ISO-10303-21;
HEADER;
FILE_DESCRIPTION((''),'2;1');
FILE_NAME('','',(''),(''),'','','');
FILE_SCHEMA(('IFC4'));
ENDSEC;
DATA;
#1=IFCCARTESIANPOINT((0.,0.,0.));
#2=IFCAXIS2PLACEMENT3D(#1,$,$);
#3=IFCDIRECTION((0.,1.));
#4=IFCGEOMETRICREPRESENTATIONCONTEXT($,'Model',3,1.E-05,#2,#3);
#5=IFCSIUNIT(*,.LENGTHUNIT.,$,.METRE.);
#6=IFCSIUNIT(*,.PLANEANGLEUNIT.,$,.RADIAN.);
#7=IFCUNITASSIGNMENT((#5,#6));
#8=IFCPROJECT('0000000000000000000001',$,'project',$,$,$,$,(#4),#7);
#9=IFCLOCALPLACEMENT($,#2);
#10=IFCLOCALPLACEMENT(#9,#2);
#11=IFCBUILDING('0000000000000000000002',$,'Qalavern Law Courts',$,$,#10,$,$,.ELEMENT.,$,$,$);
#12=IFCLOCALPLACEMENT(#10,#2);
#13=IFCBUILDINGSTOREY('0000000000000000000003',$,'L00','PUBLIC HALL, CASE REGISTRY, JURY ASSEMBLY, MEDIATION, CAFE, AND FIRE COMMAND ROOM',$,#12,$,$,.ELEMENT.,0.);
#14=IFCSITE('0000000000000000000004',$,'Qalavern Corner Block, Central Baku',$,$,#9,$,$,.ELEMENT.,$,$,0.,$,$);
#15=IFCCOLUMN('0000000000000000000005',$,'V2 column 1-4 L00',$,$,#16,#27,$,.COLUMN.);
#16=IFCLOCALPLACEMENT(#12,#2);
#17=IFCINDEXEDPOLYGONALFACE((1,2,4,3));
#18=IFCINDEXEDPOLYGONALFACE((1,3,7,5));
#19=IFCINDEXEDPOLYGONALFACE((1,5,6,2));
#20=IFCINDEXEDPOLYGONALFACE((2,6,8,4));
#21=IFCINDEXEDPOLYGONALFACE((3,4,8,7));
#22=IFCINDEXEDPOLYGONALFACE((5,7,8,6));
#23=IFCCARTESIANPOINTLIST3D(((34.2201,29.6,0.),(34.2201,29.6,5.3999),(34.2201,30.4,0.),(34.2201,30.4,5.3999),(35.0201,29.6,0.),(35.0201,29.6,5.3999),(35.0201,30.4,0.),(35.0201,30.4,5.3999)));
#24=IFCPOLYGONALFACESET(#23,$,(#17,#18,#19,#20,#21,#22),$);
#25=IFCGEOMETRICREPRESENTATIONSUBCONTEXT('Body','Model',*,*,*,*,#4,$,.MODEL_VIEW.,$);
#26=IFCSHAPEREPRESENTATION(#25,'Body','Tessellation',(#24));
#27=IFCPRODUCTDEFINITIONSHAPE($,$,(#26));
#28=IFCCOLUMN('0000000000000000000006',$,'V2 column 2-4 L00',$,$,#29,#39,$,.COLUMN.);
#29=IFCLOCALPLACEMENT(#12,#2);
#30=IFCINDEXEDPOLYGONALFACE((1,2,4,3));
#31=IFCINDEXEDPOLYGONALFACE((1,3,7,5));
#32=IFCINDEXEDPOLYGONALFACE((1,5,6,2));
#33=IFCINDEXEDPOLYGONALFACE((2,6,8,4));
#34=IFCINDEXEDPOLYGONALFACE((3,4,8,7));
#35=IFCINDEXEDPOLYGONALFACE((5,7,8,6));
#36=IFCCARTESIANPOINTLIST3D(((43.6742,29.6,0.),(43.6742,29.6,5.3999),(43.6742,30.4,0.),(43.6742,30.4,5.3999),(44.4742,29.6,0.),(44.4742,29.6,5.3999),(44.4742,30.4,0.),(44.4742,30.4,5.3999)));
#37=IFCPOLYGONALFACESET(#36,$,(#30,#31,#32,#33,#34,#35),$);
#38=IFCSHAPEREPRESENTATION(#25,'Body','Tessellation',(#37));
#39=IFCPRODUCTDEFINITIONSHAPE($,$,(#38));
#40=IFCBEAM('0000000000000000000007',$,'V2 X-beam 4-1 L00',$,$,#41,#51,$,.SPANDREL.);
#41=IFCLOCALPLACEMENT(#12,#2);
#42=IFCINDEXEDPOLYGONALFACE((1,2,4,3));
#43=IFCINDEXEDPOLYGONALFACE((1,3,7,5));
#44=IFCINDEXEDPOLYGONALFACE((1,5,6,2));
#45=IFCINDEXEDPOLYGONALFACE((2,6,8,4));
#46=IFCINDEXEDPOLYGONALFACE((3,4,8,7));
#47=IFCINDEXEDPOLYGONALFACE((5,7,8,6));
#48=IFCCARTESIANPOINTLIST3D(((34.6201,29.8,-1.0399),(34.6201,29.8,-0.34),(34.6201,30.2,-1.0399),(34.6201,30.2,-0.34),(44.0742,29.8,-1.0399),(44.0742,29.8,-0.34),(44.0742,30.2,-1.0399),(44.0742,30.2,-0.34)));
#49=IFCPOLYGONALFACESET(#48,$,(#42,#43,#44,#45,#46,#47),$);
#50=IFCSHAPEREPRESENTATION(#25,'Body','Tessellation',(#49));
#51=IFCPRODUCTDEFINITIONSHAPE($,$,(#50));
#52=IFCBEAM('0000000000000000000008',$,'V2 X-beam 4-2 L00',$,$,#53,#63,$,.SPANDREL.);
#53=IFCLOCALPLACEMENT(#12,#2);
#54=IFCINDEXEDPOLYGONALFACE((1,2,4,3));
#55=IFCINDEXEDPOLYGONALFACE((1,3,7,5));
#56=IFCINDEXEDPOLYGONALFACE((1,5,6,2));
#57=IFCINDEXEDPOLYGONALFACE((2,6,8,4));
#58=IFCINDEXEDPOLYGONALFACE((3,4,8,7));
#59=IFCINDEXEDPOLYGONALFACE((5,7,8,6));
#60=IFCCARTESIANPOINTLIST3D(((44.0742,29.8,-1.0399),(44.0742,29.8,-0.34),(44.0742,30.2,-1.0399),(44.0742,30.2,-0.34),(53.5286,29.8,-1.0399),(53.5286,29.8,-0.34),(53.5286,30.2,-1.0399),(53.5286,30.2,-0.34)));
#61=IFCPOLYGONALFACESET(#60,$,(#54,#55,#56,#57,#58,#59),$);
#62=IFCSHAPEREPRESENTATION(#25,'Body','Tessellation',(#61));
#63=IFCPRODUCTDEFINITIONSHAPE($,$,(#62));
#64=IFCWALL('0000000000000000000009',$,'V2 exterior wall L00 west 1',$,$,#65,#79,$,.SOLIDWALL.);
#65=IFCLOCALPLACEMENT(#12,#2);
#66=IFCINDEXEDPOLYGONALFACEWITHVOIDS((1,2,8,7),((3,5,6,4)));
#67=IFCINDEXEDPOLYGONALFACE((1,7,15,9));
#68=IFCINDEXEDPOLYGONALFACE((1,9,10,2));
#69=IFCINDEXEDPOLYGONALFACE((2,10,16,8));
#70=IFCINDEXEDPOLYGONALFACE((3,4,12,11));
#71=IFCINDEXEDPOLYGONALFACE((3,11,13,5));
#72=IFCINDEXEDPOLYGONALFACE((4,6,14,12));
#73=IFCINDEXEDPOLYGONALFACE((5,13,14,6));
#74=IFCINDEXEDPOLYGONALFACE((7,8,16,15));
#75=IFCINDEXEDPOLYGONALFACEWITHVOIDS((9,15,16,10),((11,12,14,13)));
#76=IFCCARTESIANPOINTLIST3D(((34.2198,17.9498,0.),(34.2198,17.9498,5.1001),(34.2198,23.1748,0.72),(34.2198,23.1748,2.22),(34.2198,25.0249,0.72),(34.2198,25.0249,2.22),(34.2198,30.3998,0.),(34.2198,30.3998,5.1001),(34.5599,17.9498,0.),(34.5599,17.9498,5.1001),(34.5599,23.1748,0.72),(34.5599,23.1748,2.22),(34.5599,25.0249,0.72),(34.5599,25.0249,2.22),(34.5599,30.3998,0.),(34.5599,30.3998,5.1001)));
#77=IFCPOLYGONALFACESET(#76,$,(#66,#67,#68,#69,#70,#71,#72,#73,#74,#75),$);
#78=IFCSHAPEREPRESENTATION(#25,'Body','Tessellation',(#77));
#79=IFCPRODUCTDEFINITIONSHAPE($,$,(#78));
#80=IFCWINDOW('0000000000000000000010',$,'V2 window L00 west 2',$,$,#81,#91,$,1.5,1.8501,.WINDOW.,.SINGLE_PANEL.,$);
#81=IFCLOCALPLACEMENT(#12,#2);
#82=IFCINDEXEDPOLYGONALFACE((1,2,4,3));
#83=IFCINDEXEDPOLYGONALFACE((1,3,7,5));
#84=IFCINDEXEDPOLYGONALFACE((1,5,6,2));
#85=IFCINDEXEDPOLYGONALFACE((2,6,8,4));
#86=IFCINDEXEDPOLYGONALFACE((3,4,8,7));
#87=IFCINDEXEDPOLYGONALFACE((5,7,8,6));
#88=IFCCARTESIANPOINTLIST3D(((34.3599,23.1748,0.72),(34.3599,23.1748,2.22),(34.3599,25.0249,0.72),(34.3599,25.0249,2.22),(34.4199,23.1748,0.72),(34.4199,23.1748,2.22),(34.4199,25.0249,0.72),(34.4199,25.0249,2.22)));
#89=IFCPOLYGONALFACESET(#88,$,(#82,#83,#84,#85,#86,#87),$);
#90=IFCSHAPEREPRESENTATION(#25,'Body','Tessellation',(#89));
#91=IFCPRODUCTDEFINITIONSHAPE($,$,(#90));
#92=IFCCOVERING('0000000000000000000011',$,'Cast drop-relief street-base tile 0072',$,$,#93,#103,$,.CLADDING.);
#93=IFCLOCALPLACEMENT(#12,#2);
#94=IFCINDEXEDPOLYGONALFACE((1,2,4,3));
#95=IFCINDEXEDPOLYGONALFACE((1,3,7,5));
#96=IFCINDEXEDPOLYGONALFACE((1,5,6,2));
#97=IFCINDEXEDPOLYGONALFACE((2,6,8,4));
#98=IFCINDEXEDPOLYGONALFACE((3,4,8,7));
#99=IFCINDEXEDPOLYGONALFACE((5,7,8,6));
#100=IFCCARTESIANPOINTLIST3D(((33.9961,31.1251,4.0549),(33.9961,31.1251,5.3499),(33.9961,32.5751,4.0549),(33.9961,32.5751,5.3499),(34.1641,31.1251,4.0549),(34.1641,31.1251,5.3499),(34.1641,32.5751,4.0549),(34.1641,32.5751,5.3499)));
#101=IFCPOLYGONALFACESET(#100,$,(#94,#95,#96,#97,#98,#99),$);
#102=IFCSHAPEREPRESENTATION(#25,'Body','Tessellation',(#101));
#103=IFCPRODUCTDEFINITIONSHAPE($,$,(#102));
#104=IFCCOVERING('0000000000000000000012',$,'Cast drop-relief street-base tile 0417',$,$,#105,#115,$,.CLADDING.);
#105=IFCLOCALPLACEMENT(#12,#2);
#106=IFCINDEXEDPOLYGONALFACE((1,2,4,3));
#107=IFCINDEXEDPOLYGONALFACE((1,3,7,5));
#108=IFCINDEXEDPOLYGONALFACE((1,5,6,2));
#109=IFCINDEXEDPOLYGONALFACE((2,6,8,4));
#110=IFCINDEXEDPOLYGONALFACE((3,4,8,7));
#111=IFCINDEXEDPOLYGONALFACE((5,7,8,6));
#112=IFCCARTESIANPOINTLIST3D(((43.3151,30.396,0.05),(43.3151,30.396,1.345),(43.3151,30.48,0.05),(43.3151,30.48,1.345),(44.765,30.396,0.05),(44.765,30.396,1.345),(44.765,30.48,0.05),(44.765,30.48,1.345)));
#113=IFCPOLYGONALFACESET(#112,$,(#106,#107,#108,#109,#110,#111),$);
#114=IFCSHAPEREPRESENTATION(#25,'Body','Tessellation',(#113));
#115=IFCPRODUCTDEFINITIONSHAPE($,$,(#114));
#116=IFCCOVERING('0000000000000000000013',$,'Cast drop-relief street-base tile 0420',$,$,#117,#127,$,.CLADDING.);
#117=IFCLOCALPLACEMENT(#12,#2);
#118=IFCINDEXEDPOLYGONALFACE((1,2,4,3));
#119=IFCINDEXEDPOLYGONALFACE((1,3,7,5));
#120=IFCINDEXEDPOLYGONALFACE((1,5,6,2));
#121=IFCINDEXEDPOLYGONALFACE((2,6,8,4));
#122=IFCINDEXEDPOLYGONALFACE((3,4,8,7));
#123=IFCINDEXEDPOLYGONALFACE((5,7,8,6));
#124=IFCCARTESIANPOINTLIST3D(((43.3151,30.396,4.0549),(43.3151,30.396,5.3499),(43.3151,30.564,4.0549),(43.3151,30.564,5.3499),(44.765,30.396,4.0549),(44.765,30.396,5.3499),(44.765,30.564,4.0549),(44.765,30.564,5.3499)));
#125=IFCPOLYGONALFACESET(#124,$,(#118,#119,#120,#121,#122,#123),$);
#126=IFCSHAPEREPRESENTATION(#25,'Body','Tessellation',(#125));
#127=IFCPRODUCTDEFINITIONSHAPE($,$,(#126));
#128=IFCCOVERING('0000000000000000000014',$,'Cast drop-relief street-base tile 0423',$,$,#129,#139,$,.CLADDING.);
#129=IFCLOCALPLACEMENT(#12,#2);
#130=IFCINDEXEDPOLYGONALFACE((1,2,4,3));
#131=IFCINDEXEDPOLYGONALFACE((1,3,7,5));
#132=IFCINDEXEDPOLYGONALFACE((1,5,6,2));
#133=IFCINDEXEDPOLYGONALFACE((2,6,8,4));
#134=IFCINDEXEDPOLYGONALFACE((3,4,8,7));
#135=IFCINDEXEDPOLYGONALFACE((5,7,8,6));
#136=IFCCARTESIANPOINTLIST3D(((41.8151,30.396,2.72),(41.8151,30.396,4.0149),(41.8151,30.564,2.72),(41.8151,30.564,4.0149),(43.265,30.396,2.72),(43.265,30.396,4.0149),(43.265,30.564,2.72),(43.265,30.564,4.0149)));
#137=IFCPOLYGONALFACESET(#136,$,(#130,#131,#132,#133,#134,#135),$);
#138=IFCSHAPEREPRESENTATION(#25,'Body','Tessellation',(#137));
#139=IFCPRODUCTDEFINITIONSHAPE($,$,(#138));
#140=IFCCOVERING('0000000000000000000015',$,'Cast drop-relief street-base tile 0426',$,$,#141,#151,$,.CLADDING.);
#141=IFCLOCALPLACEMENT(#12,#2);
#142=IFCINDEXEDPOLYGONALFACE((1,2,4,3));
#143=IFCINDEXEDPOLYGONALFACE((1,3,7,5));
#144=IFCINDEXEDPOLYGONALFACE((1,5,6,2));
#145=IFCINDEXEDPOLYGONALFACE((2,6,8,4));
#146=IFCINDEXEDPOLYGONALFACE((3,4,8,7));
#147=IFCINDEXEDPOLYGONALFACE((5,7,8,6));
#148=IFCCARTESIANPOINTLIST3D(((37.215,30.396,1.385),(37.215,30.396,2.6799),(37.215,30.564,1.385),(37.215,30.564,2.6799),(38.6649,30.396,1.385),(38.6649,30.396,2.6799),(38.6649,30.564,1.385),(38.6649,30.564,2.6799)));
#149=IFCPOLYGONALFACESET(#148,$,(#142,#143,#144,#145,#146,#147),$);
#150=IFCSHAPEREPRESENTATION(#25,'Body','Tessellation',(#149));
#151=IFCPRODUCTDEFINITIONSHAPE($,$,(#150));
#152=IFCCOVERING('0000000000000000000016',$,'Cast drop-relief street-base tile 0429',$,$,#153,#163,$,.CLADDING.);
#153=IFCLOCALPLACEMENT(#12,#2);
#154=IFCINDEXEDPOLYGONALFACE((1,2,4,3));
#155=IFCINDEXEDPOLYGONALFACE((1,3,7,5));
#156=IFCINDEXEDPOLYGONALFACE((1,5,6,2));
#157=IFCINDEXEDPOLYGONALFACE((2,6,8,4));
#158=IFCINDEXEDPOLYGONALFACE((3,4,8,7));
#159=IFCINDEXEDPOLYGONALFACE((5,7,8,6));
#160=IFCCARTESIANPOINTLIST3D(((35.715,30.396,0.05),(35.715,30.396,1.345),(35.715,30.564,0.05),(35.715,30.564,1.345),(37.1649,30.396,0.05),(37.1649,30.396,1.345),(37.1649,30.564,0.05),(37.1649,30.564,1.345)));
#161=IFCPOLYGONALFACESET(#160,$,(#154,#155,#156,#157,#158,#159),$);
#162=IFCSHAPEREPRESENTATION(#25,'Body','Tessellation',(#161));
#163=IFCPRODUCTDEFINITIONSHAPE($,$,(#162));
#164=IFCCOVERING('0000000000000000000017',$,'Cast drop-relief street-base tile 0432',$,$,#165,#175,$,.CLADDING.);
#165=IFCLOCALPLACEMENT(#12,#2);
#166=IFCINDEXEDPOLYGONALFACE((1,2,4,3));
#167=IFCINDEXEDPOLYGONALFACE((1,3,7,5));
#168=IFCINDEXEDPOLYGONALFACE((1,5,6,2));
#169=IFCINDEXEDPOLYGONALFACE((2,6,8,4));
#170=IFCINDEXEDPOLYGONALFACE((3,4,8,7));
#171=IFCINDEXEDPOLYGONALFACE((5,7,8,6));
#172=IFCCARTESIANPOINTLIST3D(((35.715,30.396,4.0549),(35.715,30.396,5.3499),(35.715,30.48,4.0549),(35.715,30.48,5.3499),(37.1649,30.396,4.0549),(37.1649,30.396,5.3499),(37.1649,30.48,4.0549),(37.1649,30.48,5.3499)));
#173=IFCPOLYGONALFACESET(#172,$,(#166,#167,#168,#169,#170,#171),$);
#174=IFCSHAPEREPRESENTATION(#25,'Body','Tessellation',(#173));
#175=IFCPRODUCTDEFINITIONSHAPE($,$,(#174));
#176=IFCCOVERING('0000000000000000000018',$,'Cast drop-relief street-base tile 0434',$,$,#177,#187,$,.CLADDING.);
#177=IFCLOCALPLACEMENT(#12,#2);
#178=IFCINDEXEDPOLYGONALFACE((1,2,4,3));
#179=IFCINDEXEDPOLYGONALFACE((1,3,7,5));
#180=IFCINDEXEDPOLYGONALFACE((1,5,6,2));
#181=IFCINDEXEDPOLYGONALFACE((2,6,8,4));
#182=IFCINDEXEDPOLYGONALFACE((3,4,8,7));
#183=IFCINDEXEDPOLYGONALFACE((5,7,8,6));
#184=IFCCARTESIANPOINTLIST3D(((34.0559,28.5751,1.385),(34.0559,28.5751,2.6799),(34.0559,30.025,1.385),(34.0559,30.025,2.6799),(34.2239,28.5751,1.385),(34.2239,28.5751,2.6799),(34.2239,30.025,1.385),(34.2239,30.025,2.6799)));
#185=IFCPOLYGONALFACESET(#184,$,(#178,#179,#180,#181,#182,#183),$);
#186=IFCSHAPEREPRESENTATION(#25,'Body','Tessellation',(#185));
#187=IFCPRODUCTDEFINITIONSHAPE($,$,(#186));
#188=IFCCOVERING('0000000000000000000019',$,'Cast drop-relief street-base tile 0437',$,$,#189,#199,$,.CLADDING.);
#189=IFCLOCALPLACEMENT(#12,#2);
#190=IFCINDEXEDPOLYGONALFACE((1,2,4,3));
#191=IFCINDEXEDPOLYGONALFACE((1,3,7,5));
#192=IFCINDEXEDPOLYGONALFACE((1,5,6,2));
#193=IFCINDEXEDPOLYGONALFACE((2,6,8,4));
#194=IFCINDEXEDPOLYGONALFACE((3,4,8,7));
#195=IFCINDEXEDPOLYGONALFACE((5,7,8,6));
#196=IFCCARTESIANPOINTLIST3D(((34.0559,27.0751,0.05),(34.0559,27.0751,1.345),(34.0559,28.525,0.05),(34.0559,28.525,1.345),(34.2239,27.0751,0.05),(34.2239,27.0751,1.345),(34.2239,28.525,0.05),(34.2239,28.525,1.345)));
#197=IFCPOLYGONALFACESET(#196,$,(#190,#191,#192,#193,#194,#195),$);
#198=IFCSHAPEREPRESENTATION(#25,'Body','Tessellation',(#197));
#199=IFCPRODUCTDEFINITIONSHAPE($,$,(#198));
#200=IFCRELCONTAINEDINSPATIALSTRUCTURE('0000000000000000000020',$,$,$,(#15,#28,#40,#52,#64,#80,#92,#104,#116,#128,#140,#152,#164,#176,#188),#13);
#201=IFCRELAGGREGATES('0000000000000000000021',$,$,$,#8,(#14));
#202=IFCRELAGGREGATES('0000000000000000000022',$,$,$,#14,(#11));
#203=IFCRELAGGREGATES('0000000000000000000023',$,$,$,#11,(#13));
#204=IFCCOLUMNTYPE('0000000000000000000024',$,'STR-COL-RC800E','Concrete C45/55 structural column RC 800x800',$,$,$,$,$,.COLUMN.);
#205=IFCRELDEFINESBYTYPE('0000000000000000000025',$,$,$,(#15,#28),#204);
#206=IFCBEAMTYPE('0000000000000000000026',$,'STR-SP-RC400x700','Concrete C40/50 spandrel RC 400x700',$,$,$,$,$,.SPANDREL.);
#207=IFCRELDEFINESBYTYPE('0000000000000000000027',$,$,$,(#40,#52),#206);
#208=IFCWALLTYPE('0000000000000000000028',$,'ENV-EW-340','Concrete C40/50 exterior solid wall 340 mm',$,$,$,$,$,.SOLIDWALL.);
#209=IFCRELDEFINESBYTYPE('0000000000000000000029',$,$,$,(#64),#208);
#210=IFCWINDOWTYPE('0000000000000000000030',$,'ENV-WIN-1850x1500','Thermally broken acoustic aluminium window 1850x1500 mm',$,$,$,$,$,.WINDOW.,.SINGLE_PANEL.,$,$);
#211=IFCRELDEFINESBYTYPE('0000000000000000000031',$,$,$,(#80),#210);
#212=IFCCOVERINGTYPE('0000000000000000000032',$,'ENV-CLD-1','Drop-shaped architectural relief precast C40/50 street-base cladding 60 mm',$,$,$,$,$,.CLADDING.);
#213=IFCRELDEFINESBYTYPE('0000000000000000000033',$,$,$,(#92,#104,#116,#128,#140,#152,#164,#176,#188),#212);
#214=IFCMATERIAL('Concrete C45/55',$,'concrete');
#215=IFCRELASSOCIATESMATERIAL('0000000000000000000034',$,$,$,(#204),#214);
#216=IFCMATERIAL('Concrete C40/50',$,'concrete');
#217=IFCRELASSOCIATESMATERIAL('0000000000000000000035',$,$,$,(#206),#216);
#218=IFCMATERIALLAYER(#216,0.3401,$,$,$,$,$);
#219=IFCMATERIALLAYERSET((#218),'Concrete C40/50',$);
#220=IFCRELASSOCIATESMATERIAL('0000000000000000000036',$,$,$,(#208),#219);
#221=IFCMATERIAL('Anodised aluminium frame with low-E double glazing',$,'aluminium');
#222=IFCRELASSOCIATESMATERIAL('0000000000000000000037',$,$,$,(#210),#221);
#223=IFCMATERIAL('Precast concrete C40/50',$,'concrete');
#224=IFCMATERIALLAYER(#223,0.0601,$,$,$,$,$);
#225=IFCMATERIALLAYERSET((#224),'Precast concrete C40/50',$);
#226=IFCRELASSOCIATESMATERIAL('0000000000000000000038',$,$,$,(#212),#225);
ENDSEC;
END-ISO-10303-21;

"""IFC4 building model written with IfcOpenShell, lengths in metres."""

from ifc_helpers import new_model, si_unit, direction, frame, frame_2d, origin, origin_2d, place, context, subcontext, project, spatial, rectangle, extrude, material, layer, layer_set, material_profile, profile_set, type_object, element, fill, save


model = new_model("IFC4")

# Units and contexts
model_context = context("Model", 3, precision=1e-05, world=origin(), true_north=direction((0.0, 1.0)))
body_context = subcontext(model_context, "Body", "Model", "MODEL_VIEW")
ifc_project = project(units=[si_unit("LENGTHUNIT", "METRE"), si_unit("PLANEANGLEUNIT", "RADIAN")], contexts=[model_context])

# Site, building, storey
site_placement = place(None, origin())
site = spatial("IfcSite", under=ifc_project, at=site_placement, Name="Qalavern Corner Block, Central Baku", CompositionType="ELEMENT", RefElevation=0.0)
building_placement = place(site_placement, origin())
building = spatial("IfcBuilding", under=site, at=building_placement, Name="Qalavern Law Courts", CompositionType="ELEMENT")
storey_placement = place(building_placement, origin())
storey = spatial("IfcBuildingStorey", under=building, at=storey_placement, Name="L00", Description="PUBLIC HALL, CASE REGISTRY, JURY ASSEMBLY, MEDIATION, CAFE, AND FIRE COMMAND ROOM", CompositionType="ELEMENT", Elevation=0.0)

# Columns
ifc_material_1 = material(Name="Concrete C45/55", Category="concrete")
ifc_material_profile_1 = material_profile(ifc_material_1, rectangle(XDim=0.8, YDim=0.8, at=origin_2d()), Name="RC 800x800")
ifc_profile_set_1 = profile_set([ifc_material_profile_1], Name="Concrete C45/55")
column_type = type_object("IfcColumnType", Name="STR-COL-RC800E", Description="Concrete C45/55 structural column RC 800x800", PredefinedType="COLUMN", material=ifc_profile_set_1)
for number, where, z_axis, x_axis, name in (
    (1, (34.6201, 30.0, 0.0), (0.0, 0.0, 1.0), (1.0, 0.0, 0.0), "V2 column 1-4 L00"),
    (2, (44.0742, 30.0, 0.0), (0.0, 0.0, 1.0), (1.0, 0.0, 0.0), "V2 column 2-4 L00"),
):
    element("IfcColumn", number, at=place(storey_placement, frame(where, z_axis=z_axis, x_axis=x_axis)), inside=storey, type_object=column_type, Name=name, PredefinedType="COLUMN", context=body_context, shape_type="SweptSolid", body=[
        extrude(rectangle(XDim=0.8, YDim=0.8, at=origin_2d()), origin(), (0.0, 0.0, 1.0), 5.3999),
    ])

# Beams
ifc_material_2 = material(Name="Concrete C40/50", Category="concrete")
ifc_material_profile_2 = material_profile(ifc_material_2, rectangle(XDim=0.3999, YDim=0.7, at=origin_2d()), Name="RC 400x700")
ifc_profile_set_2 = profile_set([ifc_material_profile_2], Name="Concrete C40/50")
beam_type = type_object("IfcBeamType", Name="STR-SP-RC400x700", Description="Concrete C40/50 spandrel RC 400x700", PredefinedType="SPANDREL", material=ifc_profile_set_2)
beam_1_placement = place(storey_placement, frame((34.6201, 30.0, -0.6899), z_axis=(1.0, 0.0, 0.0), x_axis=(0.0, 1.0, 0.0)))
element("IfcBeam", 3, at=beam_1_placement, inside=storey, type_object=beam_type, Name="V2 X-beam 4-1 L00", PredefinedType="SPANDREL", context=body_context, shape_type="SweptSolid", body=[
    extrude(rectangle(XDim=0.3999, YDim=0.7, at=origin_2d()), origin(), (0.0, 0.0, 1.0), 9.4541),
])
beam_2_placement = place(storey_placement, frame((44.0742, 30.0, -0.6899), z_axis=(1.0, 0.0, 0.0), x_axis=(0.0, 1.0, 0.0)))
element("IfcBeam", 4, at=beam_2_placement, inside=storey, type_object=beam_type, Name="V2 X-beam 4-2 L00", PredefinedType="SPANDREL", context=body_context, shape_type="SweptSolid", body=[
    extrude(rectangle(XDim=0.3999, YDim=0.7, at=origin_2d()), origin(), (0.0, 0.0, 1.0), 9.4543),
])

# Wall, opening, window
ifc_layer_1 = layer(ifc_material_2, 0.3401)
ifc_layer_set_1 = layer_set([ifc_layer_1], Name="Concrete C40/50")
wall_type = type_object("IfcWallType", Name="ENV-EW-340", Description="Concrete C40/50 exterior solid wall 340 mm", PredefinedType="SOLIDWALL", material=ifc_layer_set_1)
wall_placement = place(storey_placement, frame((34.3899, 30.3999, 0.0), z_axis=(0.0, 0.0, 1.0), x_axis=(0.0, -1.0, 0.0)))
wall = element("IfcWall", 5, at=wall_placement, inside=storey, type_object=wall_type, Name="V2 exterior wall L00 west 1", PredefinedType="SOLIDWALL", context=body_context, shape_type="SweptSolid", body=[
    extrude(rectangle(XDim=12.45, YDim=0.3401, at=frame_2d((6.2251, 0.0))), origin(), (0.0, 0.0, 1.0), 5.1001),
])
opening_placement = place(wall_placement, frame((5.375, 0.0, 0.72)))
opening = element("IfcOpeningElement", 6, at=opening_placement, cuts=wall, PredefinedType="OPENING", context=body_context, shape_type="SweptSolid", body=[
    extrude(rectangle(XDim=1.8501, YDim=1.5, at=frame_2d((0.925, 0.75))), frame((0.0, 0.1851, 0.0), z_axis=(0.0, -1.0, 0.0), x_axis=(1.0, 0.0, 0.0)), (0.0, 0.0, 1.0), 0.3699),
])
ifc_material_3 = material(Name="Anodised aluminium frame with low-E double glazing", Category="aluminium")
window_type = type_object("IfcWindowType", Name="ENV-WIN-1850x1500", Description="Thermally broken acoustic aluminium window 1850x1500 mm", PartitioningType="SINGLE_PANEL", PredefinedType="WINDOW", material=ifc_material_3)
window_placement = place(opening_placement, origin())
window = element("IfcWindow", 7, at=window_placement, inside=storey, type_object=window_type, Name="V2 window L00 west 2", OverallHeight=1.5, OverallWidth=1.8501, PartitioningType="SINGLE_PANEL", PredefinedType="WINDOW", context=body_context, shape_type="SweptSolid", body=[
    extrude(rectangle(XDim=1.8501, YDim=1.5, at=frame_2d((0.925, 0.75))), frame((0.0, 0.03, 0.0), z_axis=(0.0, -1.0, 0.0), x_axis=(1.0, 0.0, 0.0)), (0.0, 0.0, 1.0), 0.0601),
])
fill(opening, window)

# Coverings
ifc_material_4 = material(Name="Precast concrete C40/50", Category="concrete")
ifc_layer_2 = layer(ifc_material_4, 0.0601)
ifc_layer_set_2 = layer_set([ifc_layer_2], Name="Precast concrete C40/50")
covering_type_1 = type_object("IfcCoveringType", Name="ENV-CLD-1", Description="Drop-shaped architectural relief precast C40/50 street-base cladding 60 mm", PredefinedType="CLADDING", material=ifc_layer_set_2)
covering_1_placement = place(storey_placement, frame((34.0801, 31.8501, 4.0549), z_axis=(0.0, 0.0, 1.0), x_axis=(0.0, 1.0, 0.0)))
element("IfcCovering", 8, at=covering_1_placement, inside=storey, type_object=covering_type_1, Name="Cast drop-relief street-base tile 0072", PredefinedType="CLADDING", context=body_context, shape_type="SweptSolid", body=[
    extrude(rectangle(XDim=1.45, YDim=0.168, at=origin_2d()), origin(), (0.0, 0.0, 1.0), 1.2949),
])
covering_2_placement = place(storey_placement, frame((44.04, 30.438, 0.05), z_axis=(0.0, 0.0, 1.0), x_axis=(-1.0, 0.0, 0.0)))
element("IfcCovering", 9, at=covering_2_placement, inside=storey, type_object=covering_type_1, Name="Cast drop-relief street-base tile 0417", PredefinedType="CLADDING", context=body_context, shape_type="SweptSolid", body=[
    extrude(rectangle(XDim=1.45, YDim=0.084, at=origin_2d()), origin(), (0.0, 0.0, 1.0), 1.2949),
])
for number, where, z_axis, x_axis, name in (
    (10, (44.04, 30.48, 4.0549), (0.0, 0.0, 1.0), (-1.0, 0.0, 0.0), "Cast drop-relief street-base tile 0420"),
    (11, (42.54, 30.48, 2.72), (0.0, 0.0, 1.0), (-1.0, 0.0, 0.0), "Cast drop-relief street-base tile 0423"),
    (12, (37.9399, 30.48, 1.385), (0.0, 0.0, 1.0), (-1.0, 0.0, 0.0), "Cast drop-relief street-base tile 0426"),
    (13, (36.4399, 30.48, 0.05), (0.0, 0.0, 1.0), (-1.0, 0.0, 0.0), "Cast drop-relief street-base tile 0429"),
):
    element("IfcCovering", number, at=place(storey_placement, frame(where, z_axis=z_axis, x_axis=x_axis)), inside=storey, type_object=covering_type_1, Name=name, PredefinedType="CLADDING", context=body_context, shape_type="SweptSolid", body=[
        extrude(rectangle(XDim=1.45, YDim=0.168, at=origin_2d()), origin(), (0.0, 0.0, 1.0), 1.2949),
    ])
covering_3_placement = place(storey_placement, frame((36.4399, 30.438, 4.0549), z_axis=(0.0, 0.0, 1.0), x_axis=(-1.0, 0.0, 0.0)))
element("IfcCovering", 14, at=covering_3_placement, inside=storey, type_object=covering_type_1, Name="Cast drop-relief street-base tile 0432", PredefinedType="CLADDING", context=body_context, shape_type="SweptSolid", body=[
    extrude(rectangle(XDim=1.45, YDim=0.084, at=origin_2d()), origin(), (0.0, 0.0, 1.0), 1.2949),
])
for number, where, z_axis, x_axis, name in (
    (15, (34.1399, 29.3, 1.385), (0.0, 0.0, 1.0), (0.0, -1.0, 0.0), "Cast drop-relief street-base tile 0434"),
    (16, (34.1399, 27.8, 0.05), (0.0, 0.0, 1.0), (0.0, -1.0, 0.0), "Cast drop-relief street-base tile 0437"),
):
    element("IfcCovering", number, at=place(storey_placement, frame(where, z_axis=z_axis, x_axis=x_axis)), inside=storey, type_object=covering_type_1, Name=name, PredefinedType="CLADDING", context=body_context, shape_type="SweptSolid", body=[
        extrude(rectangle(XDim=1.45, YDim=0.168, at=origin_2d()), origin(), (0.0, 0.0, 1.0), 1.2949),
    ])

save(model, "model.ifc")
